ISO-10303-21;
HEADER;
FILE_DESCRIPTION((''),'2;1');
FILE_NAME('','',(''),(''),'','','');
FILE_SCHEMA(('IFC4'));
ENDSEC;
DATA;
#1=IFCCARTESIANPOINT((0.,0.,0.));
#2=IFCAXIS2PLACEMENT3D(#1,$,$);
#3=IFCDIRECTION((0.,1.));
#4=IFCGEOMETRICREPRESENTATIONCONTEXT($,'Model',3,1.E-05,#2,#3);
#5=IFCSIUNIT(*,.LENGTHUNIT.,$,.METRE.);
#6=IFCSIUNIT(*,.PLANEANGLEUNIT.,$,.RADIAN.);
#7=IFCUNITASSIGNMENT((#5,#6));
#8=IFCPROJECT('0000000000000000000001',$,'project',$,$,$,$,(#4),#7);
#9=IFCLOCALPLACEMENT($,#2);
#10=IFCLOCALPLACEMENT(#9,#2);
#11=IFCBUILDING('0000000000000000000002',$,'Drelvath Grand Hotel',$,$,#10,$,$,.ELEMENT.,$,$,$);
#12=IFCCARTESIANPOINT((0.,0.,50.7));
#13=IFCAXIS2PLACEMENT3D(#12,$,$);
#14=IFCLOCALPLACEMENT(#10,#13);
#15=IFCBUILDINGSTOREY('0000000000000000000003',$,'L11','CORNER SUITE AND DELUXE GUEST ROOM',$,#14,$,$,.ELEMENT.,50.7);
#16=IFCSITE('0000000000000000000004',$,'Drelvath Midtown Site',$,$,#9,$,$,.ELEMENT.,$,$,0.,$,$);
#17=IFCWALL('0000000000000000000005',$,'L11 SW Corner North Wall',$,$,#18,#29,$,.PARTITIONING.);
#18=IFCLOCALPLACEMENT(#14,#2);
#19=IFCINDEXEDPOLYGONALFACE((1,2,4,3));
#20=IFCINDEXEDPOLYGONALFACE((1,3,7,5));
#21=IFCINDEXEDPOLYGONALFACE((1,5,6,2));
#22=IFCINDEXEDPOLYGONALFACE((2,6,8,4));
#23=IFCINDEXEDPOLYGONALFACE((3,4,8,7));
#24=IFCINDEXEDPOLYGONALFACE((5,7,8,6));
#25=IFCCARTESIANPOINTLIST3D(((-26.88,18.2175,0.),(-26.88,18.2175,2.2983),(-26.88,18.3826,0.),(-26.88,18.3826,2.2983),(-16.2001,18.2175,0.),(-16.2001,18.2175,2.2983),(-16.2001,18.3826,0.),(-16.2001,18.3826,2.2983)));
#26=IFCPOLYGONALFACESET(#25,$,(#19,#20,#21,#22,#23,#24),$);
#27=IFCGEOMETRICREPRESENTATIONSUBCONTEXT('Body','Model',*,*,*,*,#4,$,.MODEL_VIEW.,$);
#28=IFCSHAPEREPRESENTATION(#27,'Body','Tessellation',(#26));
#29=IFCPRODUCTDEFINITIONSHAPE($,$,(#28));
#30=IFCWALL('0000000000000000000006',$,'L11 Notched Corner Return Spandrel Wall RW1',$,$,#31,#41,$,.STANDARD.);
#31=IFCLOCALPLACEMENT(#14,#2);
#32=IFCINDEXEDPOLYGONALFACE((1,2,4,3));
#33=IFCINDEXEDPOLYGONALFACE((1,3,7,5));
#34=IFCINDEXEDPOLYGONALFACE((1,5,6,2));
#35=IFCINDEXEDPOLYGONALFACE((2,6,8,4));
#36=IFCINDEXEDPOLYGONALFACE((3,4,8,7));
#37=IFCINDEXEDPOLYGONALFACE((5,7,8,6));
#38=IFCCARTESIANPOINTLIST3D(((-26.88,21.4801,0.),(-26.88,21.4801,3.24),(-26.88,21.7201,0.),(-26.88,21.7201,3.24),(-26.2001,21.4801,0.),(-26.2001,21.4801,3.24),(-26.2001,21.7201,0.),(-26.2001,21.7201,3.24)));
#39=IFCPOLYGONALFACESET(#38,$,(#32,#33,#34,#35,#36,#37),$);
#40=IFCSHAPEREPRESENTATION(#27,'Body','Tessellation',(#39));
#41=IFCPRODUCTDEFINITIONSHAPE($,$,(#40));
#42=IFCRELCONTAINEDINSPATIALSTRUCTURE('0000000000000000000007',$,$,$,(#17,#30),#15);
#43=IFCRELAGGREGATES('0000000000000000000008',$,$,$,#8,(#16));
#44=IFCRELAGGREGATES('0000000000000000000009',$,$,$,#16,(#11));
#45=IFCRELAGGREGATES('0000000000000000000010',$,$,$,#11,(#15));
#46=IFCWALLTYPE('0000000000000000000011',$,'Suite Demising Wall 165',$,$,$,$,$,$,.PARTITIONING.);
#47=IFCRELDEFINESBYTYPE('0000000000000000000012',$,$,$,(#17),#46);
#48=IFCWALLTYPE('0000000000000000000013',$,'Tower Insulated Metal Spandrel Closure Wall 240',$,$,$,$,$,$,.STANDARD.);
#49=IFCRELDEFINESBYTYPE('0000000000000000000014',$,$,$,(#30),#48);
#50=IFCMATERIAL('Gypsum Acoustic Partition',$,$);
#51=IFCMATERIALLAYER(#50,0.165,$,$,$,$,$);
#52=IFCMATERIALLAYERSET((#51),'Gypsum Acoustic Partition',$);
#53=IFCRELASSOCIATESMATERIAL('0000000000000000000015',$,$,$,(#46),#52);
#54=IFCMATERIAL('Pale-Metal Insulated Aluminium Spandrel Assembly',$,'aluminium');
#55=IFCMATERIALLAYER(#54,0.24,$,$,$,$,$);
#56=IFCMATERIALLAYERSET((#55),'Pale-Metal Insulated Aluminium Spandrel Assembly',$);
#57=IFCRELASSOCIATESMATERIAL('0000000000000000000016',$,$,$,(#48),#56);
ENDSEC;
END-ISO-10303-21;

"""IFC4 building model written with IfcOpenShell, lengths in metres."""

from ifc_helpers import new_model, si_unit, direction, frame, frame_2d, origin, place, context, subcontext, project, spatial, rectangle, extrude, material, layer, layer_set, type_object, element, save


model = new_model("IFC4")

# Units and contexts
model_context = context("Model", 3, precision=1e-05, world=origin(), true_north=direction((0.0, 1.0)))
body_context = subcontext(model_context, "Body", "Model", "MODEL_VIEW")
ifc_project = project(units=[si_unit("LENGTHUNIT", "METRE"), si_unit("PLANEANGLEUNIT", "RADIAN")], contexts=[model_context])

# Site, building, storey
site_placement = place(None, origin())
site = spatial("IfcSite", under=ifc_project, at=site_placement, Name="Drelvath Midtown Site", CompositionType="ELEMENT", RefElevation=0.0)
building_placement = place(site_placement, origin())
building = spatial("IfcBuilding", under=site, at=building_placement, Name="Drelvath Grand Hotel", CompositionType="ELEMENT")
storey_placement = place(building_placement, frame((0.0, 0.0, 50.7)))
storey = spatial("IfcBuildingStorey", under=building, at=storey_placement, Name="L11", Description="CORNER SUITE AND DELUXE GUEST ROOM", CompositionType="ELEMENT", Elevation=50.7)

# Walls
ifc_material_1 = material(Name="Gypsum Acoustic Partition")
ifc_layer_1 = layer(ifc_material_1, 0.165)
ifc_layer_set_1 = layer_set([ifc_layer_1], Name="Gypsum Acoustic Partition")
wall_type_1 = type_object("IfcWallType", Name="Suite Demising Wall 165", PredefinedType="PARTITIONING", material=ifc_layer_set_1)
wall_1_placement = place(storey_placement, frame((-26.8799, 18.3, 0.0), z_axis=(0.0, 0.0, 1.0), x_axis=(1.0, 0.0, 0.0)))
element("IfcWall", 1, at=wall_1_placement, inside=storey, type_object=wall_type_1, Name="L11 SW Corner North Wall", PredefinedType="PARTITIONING", context=body_context, shape_type="SweptSolid", body=[
    extrude(rectangle(XDim=10.6799, YDim=0.165, at=frame_2d((5.3398, 0.0))), origin(), (0.0, 0.0, 1.0), 2.2983),
])
ifc_material_2 = material(Name="Pale-Metal Insulated Aluminium Spandrel Assembly", Category="aluminium")
ifc_layer_2 = layer(ifc_material_2, 0.24)
ifc_layer_set_2 = layer_set([ifc_layer_2], Name="Pale-Metal Insulated Aluminium Spandrel Assembly")
wall_type_2 = type_object("IfcWallType", Name="Tower Insulated Metal Spandrel Closure Wall 240", PredefinedType="STANDARD", material=ifc_layer_set_2)
wall_2_placement = place(storey_placement, frame((-26.8799, 21.6001, 0.0), z_axis=(0.0, 0.0, 1.0), x_axis=(1.0, 0.0, 0.0)))
element("IfcWall", 2, at=wall_2_placement, inside=storey, type_object=wall_type_2, Name="L11 Notched Corner Return Spandrel Wall RW1", PredefinedType="STANDARD", context=body_context, shape_type="SweptSolid", body=[
    extrude(rectangle(XDim=0.6799, YDim=0.24, at=frame_2d((0.3398, 0.0))), origin(), (0.0, 0.0, 1.0), 3.24),
])

save(model, "model.ifc")
